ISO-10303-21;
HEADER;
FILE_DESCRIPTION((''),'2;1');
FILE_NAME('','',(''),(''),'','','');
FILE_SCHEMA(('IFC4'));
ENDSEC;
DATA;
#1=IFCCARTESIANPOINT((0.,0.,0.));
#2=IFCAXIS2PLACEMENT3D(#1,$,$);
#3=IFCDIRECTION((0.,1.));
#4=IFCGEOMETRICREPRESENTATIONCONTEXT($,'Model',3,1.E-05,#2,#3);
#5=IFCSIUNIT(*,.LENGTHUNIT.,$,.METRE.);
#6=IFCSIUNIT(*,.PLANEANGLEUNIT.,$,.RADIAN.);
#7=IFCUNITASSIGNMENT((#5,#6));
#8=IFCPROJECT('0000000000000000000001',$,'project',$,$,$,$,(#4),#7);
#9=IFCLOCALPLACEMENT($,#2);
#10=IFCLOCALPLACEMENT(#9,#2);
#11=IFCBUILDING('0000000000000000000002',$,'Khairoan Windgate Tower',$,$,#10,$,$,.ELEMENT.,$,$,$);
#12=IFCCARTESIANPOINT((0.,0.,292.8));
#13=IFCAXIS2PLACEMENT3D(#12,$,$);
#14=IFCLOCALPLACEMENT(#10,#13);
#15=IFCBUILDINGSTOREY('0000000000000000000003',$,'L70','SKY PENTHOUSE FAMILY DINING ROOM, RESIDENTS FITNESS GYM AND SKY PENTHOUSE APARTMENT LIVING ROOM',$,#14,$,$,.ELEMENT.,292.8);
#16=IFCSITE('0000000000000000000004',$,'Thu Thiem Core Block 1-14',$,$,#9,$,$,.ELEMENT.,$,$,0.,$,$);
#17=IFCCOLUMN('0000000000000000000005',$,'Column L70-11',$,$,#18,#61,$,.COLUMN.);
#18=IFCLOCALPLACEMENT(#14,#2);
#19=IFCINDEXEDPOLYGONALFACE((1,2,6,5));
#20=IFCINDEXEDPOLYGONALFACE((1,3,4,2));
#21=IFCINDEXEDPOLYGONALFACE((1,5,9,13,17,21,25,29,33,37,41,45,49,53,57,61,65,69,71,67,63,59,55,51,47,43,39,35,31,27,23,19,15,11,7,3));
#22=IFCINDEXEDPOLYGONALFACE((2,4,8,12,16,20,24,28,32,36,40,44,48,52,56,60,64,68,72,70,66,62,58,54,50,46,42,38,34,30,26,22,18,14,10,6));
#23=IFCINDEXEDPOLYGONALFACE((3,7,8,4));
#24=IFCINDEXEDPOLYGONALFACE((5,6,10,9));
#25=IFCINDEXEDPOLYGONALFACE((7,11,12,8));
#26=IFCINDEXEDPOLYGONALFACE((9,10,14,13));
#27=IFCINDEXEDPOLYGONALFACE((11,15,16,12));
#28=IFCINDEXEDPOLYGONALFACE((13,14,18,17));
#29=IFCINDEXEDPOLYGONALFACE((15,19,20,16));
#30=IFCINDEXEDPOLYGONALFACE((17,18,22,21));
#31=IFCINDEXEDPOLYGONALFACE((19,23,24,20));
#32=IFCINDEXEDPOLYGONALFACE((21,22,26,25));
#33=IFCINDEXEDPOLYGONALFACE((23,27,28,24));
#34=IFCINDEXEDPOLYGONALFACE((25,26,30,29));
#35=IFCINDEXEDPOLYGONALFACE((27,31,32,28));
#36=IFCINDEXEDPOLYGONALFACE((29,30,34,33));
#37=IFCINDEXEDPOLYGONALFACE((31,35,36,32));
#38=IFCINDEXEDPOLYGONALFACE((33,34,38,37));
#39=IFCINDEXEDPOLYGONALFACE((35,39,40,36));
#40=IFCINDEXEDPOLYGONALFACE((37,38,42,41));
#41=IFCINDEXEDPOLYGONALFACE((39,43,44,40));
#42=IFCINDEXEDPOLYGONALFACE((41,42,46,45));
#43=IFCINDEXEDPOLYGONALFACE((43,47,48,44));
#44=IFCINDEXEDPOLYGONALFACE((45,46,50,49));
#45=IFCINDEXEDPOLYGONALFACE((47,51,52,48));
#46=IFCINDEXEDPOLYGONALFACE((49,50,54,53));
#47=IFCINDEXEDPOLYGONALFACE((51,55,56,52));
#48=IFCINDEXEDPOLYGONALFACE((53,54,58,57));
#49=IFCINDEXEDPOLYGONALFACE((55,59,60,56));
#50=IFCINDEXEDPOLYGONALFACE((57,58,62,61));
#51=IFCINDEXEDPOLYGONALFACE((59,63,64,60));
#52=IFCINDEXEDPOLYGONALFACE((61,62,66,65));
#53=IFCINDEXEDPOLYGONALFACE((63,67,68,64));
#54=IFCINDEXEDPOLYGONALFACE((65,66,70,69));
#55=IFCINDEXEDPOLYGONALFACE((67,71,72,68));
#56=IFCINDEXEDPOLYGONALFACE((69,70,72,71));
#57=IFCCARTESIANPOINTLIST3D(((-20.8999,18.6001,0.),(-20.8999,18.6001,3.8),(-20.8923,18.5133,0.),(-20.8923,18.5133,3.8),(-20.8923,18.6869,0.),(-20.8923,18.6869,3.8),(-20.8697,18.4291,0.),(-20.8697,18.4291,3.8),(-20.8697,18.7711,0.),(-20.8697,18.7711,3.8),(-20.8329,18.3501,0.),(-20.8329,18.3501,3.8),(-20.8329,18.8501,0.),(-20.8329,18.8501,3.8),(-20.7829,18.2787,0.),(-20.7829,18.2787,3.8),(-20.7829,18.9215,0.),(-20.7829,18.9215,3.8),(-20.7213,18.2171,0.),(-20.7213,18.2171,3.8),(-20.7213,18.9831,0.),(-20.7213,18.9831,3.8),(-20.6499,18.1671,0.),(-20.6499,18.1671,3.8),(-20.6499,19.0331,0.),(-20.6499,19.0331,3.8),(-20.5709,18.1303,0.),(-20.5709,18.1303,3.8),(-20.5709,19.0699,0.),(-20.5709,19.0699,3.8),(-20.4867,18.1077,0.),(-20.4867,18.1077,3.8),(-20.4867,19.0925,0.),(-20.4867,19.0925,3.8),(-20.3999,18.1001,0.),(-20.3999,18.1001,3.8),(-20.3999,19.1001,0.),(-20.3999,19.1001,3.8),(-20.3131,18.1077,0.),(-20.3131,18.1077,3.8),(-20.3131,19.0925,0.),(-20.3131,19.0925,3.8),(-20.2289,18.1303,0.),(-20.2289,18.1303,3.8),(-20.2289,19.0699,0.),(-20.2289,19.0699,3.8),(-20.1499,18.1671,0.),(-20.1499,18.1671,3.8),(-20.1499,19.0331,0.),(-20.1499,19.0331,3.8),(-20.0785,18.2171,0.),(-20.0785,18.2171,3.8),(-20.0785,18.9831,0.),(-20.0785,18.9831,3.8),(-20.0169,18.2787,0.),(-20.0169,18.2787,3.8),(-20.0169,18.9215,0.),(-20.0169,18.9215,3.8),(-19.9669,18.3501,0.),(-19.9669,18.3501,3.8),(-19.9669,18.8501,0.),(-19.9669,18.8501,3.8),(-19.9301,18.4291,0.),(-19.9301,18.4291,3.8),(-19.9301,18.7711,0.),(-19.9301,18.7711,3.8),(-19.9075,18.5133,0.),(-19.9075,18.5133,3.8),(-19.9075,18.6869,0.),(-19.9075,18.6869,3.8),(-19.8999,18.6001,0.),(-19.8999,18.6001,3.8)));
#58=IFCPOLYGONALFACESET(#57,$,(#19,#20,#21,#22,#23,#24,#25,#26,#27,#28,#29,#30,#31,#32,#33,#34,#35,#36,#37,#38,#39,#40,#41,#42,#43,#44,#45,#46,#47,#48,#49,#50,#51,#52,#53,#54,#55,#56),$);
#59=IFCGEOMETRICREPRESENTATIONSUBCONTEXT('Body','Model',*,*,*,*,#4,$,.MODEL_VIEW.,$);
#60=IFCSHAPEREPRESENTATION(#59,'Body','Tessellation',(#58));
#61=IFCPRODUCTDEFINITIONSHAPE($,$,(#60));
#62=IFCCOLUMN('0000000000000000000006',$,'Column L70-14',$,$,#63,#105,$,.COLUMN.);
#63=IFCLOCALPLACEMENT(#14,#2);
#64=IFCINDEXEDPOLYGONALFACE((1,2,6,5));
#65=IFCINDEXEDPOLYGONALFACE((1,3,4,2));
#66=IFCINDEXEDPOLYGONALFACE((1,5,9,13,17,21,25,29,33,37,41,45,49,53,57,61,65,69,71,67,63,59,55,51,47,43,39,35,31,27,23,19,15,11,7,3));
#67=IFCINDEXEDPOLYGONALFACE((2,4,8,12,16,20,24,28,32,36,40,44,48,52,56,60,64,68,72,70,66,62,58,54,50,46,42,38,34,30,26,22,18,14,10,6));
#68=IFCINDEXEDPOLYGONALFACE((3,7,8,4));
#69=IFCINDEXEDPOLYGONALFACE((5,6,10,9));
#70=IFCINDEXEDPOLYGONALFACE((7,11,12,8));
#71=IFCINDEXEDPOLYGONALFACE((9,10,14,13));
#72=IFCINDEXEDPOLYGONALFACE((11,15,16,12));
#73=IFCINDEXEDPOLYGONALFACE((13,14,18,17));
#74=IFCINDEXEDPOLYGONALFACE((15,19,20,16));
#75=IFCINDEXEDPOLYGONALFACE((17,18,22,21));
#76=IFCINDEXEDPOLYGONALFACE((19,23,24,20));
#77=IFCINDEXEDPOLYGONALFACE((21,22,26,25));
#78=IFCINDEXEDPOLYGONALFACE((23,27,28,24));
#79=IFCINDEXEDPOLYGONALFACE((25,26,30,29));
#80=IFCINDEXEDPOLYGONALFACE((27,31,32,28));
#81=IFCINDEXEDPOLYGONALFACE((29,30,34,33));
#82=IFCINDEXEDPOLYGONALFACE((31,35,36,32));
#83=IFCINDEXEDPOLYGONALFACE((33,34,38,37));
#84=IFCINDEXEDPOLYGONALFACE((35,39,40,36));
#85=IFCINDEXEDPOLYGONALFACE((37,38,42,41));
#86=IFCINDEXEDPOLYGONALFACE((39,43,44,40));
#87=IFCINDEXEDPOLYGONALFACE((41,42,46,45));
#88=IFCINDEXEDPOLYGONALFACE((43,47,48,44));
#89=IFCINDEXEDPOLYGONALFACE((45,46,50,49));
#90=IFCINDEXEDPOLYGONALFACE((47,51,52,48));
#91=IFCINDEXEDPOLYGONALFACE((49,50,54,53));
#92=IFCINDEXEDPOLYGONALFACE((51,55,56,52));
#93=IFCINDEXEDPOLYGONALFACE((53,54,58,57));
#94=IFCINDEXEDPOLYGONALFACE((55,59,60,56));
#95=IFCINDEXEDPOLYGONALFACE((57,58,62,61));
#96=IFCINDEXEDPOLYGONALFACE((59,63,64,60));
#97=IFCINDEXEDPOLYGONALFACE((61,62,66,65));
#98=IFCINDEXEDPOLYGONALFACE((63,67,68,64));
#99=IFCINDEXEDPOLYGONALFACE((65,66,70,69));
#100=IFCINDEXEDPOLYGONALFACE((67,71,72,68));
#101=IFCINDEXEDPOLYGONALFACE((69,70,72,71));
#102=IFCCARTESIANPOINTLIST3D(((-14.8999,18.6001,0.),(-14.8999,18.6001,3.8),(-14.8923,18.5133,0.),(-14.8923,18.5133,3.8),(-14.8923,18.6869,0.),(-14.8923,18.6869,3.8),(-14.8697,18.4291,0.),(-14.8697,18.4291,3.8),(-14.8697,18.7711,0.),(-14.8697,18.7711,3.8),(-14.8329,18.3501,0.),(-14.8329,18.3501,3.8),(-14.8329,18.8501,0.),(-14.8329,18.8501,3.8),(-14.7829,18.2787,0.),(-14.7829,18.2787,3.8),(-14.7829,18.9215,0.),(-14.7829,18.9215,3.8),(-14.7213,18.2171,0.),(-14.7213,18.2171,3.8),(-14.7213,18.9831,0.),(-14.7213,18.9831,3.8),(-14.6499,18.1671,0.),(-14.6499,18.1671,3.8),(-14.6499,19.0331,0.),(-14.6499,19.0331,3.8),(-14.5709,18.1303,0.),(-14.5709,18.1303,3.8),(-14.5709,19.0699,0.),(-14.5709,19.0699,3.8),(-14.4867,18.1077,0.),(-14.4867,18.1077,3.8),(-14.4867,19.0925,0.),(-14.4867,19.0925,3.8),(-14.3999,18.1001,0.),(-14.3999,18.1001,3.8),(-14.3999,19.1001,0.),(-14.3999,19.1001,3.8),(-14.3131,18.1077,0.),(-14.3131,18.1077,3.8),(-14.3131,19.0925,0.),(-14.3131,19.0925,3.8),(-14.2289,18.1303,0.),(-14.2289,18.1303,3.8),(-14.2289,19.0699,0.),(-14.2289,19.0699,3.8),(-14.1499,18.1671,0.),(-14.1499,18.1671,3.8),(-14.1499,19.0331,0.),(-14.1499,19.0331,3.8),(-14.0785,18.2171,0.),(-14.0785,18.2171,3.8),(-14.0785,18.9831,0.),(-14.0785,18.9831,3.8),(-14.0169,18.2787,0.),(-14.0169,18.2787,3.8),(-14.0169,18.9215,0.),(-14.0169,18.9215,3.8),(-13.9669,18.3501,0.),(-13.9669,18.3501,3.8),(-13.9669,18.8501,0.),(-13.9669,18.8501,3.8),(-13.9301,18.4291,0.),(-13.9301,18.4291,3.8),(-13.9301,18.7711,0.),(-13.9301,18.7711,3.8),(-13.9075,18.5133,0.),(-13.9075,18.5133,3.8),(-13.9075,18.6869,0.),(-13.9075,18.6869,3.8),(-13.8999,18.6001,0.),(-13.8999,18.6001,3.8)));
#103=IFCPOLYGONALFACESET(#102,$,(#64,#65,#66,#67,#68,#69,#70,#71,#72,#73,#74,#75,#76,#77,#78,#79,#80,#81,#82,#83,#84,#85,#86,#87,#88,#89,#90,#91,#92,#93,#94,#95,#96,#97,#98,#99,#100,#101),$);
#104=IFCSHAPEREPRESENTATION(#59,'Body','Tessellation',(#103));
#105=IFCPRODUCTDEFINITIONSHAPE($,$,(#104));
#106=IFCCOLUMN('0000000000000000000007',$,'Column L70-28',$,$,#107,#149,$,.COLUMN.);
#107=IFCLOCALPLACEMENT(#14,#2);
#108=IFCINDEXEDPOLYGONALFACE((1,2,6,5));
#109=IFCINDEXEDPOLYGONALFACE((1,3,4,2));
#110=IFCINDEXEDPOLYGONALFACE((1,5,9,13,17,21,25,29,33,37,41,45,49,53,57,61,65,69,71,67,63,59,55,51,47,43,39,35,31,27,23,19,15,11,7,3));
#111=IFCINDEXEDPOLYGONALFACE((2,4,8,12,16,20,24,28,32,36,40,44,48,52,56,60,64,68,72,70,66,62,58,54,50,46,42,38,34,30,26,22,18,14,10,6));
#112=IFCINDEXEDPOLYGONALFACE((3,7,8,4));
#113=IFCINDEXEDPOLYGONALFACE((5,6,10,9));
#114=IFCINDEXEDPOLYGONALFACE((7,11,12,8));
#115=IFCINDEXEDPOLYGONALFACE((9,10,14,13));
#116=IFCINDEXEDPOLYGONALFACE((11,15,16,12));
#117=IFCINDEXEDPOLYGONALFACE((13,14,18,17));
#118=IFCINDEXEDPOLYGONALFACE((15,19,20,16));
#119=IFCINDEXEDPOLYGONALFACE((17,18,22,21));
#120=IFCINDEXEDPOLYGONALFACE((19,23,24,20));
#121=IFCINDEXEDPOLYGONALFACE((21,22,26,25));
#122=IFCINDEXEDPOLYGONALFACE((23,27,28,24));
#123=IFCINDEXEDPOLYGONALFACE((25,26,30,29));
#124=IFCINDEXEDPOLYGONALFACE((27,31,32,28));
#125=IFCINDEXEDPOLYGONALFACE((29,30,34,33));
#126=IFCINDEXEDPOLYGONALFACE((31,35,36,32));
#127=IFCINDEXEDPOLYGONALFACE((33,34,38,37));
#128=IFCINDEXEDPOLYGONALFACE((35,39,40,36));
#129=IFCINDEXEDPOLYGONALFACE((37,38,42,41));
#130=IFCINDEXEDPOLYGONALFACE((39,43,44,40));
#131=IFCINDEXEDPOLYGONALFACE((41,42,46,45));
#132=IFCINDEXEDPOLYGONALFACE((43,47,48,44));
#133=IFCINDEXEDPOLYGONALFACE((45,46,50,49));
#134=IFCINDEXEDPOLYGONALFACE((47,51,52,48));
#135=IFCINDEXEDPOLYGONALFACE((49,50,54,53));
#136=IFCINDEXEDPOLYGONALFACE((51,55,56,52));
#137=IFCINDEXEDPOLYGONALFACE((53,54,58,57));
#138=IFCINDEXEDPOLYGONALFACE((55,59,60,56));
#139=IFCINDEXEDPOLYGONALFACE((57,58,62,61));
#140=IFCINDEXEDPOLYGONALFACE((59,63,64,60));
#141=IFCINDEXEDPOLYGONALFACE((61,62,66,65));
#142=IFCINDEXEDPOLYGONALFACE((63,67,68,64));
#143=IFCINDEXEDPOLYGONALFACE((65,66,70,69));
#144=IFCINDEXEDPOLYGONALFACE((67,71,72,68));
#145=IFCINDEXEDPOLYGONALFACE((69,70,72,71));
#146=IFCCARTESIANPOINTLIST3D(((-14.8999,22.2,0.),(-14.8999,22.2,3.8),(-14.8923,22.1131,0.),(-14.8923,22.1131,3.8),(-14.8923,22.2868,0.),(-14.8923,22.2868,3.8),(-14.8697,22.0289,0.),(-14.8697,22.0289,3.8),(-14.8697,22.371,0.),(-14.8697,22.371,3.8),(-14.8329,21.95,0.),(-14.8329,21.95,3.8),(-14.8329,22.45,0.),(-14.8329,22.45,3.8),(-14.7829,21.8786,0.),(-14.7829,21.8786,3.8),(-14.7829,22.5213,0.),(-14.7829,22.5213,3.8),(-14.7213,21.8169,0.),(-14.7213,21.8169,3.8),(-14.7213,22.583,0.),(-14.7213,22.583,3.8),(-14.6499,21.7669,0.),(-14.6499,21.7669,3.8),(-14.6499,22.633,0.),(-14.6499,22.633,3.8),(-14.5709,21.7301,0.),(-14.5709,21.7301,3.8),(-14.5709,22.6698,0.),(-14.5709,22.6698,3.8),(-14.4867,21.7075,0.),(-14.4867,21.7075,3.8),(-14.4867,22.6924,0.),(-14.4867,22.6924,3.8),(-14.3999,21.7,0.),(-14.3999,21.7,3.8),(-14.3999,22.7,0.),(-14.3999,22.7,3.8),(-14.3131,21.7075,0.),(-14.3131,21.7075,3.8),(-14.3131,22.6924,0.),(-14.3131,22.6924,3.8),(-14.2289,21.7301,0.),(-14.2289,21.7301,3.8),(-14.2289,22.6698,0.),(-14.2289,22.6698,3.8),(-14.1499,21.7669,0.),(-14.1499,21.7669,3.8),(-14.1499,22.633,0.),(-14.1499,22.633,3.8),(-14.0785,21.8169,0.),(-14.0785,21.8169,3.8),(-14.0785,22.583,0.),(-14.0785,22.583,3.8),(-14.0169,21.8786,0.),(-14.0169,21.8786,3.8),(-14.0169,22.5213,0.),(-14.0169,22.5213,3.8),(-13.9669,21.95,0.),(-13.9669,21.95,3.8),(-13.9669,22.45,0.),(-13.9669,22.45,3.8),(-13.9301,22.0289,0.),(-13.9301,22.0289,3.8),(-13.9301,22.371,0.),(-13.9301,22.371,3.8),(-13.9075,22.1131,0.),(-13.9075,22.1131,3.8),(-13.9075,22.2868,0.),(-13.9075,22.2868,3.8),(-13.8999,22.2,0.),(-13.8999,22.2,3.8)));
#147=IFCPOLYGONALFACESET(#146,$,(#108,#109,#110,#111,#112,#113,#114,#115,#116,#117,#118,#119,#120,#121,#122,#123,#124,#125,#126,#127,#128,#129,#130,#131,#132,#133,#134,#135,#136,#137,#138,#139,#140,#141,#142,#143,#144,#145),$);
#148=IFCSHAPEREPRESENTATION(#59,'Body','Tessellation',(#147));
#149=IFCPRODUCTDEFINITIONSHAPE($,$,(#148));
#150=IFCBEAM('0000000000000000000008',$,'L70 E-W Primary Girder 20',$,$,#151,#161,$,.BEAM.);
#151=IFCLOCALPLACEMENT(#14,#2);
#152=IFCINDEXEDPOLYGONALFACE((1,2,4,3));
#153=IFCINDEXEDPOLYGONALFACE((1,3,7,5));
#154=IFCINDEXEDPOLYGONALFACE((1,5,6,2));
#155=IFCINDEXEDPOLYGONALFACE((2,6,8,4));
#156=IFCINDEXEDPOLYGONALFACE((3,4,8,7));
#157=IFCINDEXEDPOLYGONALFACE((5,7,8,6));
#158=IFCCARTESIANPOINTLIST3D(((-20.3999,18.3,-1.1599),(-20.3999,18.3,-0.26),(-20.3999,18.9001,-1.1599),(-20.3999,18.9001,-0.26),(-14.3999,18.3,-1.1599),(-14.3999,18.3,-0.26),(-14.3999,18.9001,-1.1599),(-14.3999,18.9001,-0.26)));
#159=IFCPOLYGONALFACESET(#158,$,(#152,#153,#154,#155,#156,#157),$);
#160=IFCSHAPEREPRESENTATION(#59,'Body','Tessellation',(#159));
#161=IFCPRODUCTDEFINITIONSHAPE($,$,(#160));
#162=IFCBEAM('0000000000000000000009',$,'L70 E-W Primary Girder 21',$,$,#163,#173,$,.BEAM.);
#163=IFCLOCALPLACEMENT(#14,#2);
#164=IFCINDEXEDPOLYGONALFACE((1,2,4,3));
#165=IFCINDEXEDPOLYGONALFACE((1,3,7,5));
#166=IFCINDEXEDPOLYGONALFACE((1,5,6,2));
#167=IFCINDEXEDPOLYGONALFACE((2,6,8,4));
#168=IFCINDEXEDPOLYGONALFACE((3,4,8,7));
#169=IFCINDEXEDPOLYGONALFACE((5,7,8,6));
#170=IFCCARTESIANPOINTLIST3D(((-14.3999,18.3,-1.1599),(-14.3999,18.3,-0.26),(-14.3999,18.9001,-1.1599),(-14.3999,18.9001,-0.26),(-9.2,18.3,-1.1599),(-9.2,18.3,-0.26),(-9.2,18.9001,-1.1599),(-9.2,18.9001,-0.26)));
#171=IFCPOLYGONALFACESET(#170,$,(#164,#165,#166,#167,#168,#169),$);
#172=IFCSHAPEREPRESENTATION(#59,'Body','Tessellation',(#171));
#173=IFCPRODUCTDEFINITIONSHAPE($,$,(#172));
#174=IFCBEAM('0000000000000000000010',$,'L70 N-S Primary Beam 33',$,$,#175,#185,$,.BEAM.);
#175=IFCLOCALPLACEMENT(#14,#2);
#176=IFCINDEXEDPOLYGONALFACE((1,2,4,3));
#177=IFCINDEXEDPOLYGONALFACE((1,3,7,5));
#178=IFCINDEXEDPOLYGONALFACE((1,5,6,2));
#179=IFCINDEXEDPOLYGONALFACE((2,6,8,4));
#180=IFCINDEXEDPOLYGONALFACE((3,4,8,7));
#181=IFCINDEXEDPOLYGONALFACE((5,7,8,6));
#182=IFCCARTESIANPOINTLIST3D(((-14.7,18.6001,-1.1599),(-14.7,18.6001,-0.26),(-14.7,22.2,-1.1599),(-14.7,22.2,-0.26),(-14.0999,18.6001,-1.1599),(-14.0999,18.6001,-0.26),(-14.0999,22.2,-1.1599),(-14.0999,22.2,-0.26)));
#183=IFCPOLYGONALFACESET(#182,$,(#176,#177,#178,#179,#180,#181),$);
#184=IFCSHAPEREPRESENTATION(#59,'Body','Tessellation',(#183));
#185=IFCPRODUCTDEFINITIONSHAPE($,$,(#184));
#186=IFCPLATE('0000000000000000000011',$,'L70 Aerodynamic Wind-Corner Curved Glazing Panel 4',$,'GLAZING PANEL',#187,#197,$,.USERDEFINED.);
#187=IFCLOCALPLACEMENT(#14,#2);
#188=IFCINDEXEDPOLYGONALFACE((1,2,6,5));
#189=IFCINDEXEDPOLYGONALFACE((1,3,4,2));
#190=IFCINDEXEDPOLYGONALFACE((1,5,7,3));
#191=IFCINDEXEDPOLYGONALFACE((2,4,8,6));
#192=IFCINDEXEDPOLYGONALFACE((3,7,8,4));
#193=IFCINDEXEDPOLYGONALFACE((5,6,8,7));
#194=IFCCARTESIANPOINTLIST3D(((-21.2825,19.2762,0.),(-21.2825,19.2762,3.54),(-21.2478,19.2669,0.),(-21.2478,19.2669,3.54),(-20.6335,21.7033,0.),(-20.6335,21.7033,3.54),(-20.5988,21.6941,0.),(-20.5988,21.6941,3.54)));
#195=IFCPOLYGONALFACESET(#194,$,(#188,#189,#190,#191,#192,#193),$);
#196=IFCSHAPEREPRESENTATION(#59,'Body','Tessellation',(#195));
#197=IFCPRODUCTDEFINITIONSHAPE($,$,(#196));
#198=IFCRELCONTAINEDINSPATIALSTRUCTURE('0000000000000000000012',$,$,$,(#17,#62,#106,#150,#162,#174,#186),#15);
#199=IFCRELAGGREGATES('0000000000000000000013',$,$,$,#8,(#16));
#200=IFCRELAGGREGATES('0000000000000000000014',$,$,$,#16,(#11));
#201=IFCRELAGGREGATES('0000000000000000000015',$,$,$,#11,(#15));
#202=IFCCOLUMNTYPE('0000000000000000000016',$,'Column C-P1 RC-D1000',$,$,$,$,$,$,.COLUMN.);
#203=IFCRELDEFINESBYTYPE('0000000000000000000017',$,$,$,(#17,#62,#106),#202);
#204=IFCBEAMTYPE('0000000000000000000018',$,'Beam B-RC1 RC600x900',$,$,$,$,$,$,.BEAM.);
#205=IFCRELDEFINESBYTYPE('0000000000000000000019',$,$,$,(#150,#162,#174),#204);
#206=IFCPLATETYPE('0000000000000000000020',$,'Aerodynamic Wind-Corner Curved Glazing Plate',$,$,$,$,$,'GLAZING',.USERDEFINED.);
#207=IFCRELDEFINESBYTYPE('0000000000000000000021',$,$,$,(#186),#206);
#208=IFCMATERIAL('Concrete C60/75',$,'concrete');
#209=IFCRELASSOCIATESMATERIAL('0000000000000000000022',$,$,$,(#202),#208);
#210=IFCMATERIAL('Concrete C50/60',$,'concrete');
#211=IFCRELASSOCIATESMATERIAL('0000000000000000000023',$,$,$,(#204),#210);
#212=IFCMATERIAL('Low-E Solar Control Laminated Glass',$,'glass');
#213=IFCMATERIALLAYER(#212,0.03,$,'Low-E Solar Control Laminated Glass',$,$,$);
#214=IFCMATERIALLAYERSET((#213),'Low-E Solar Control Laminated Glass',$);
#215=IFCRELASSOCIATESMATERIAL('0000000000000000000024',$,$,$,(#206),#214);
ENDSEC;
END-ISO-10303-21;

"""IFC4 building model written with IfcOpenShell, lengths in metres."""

from ifc_helpers import new_model, si_unit, direction, frame, origin, origin_2d, place, context, subcontext, project, spatial, rectangle, circle, extrude, material, layer, layer_set, material_profile, profile_set, type_object, element, save


model = new_model("IFC4")

# Units and contexts
model_context = context("Model", 3, precision=1e-05, world=origin(), true_north=direction((0.0, 1.0)))
body_context = subcontext(model_context, "Body", "Model", "MODEL_VIEW")
ifc_project = project(units=[si_unit("LENGTHUNIT", "METRE"), si_unit("PLANEANGLEUNIT", "RADIAN")], contexts=[model_context])

# Site, building, storey
site_placement = place(None, origin())
site = spatial("IfcSite", under=ifc_project, at=site_placement, Name="Thu Thiem Core Block 1-14", CompositionType="ELEMENT", RefElevation=0.0)
building_placement = place(site_placement, origin())
building = spatial("IfcBuilding", under=site, at=building_placement, Name="Khairoan Windgate Tower", CompositionType="ELEMENT")
storey_placement = place(building_placement, frame((0.0, 0.0, 292.8)))
storey = spatial("IfcBuildingStorey", under=building, at=storey_placement, Name="L70", Description="SKY PENTHOUSE FAMILY DINING ROOM, RESIDENTS FITNESS GYM AND SKY PENTHOUSE APARTMENT LIVING ROOM", CompositionType="ELEMENT", Elevation=292.8)

# Columns
ifc_material_1 = material(Name="Concrete C60/75", Category="concrete")
ifc_material_profile_1 = material_profile(ifc_material_1, circle(Radius=0.5, at=origin_2d()))
ifc_profile_set_1 = profile_set([ifc_material_profile_1], Name="Concrete C60/75")
column_type = type_object("IfcColumnType", Name="Column C-P1 RC-D1000", PredefinedType="COLUMN", material=ifc_profile_set_1)
for number, where, z_axis, x_axis, name in (
    (1, (-20.3999, 18.6001, 0.0), (0.0, 0.0, 1.0), (1.0, 0.0, 0.0), "Column L70-11"),
    (2, (-14.3999, 18.6001, 0.0), (0.0, 0.0, 1.0), (1.0, 0.0, 0.0), "Column L70-14"),
    (3, (-14.3999, 22.2, 0.0), (0.0, 0.0, 1.0), (1.0, 0.0, 0.0), "Column L70-28"),
):
    element("IfcColumn", number, at=place(storey_placement, frame(where, z_axis=z_axis, x_axis=x_axis)), inside=storey, type_object=column_type, Name=name, PredefinedType="COLUMN", context=body_context, shape_type="SweptSolid", body=[
        extrude(circle(Radius=0.5, at=origin_2d()), origin(), (0.0, 0.0, 1.0), 3.8),
    ])

# Beams
ifc_material_2 = material(Name="Concrete C50/60", Category="concrete")
ifc_material_profile_2 = material_profile(ifc_material_2, rectangle(XDim=0.6001, YDim=0.8999, at=origin_2d()))
ifc_profile_set_2 = profile_set([ifc_material_profile_2], Name="Concrete C50/60")
beam_type = type_object("IfcBeamType", Name="Beam B-RC1 RC600x900", PredefinedType="BEAM", material=ifc_profile_set_2)
beam_1_placement = place(storey_placement, frame((-20.3999, 18.6001, -0.71), z_axis=(1.0, 0.0, 0.0), x_axis=(0.0, 1.0, 0.0)))
element("IfcBeam", 4, at=beam_1_placement, inside=storey, type_object=beam_type, Name="L70 E-W Primary Girder 20", PredefinedType="BEAM", context=body_context, shape_type="SweptSolid", body=[
    extrude(rectangle(XDim=0.6001, YDim=0.8999, at=origin_2d()), origin(), (0.0, 0.0, 1.0), 6.0),
])
beam_2_placement = place(storey_placement, frame((-14.3999, 18.6001, -0.71), z_axis=(1.0, 0.0, 0.0), x_axis=(0.0, 1.0, 0.0)))
element("IfcBeam", 5, at=beam_2_placement, inside=storey, type_object=beam_type, Name="L70 E-W Primary Girder 21", PredefinedType="BEAM", context=body_context, shape_type="SweptSolid", body=[
    extrude(rectangle(XDim=0.6001, YDim=0.8999, at=origin_2d()), origin(), (0.0, 0.0, 1.0), 5.2),
])
beam_3_placement = place(storey_placement, frame((-14.3999, 18.6001, -0.71), z_axis=(0.0, 1.0, 0.0), x_axis=(-1.0, 0.0, 0.0)))
element("IfcBeam", 6, at=beam_3_placement, inside=storey, type_object=beam_type, Name="L70 N-S Primary Beam 33", PredefinedType="BEAM", context=body_context, shape_type="SweptSolid", body=[
    extrude(rectangle(XDim=0.6001, YDim=0.8999, at=origin_2d()), origin(), (0.0, 0.0, 1.0), 3.5999),
])

# Plate
ifc_material_3 = material(Name="Low-E Solar Control Laminated Glass", Category="glass")
ifc_layer_1 = layer(ifc_material_3, 0.03, Name="Low-E Solar Control Laminated Glass")
ifc_layer_set_1 = layer_set([ifc_layer_1], Name="Low-E Solar Control Laminated Glass")
plate_type_1 = type_object("IfcPlateType", Name="Aerodynamic Wind-Corner Curved Glazing Plate", ElementType="GLAZING", PredefinedType="USERDEFINED", material=ifc_layer_set_1)
plate_1_placement = place(storey_placement, frame((-20.9407, 20.4851, 0.0), z_axis=(0.0, 0.0, 1.0), x_axis=(0.258313, 0.966061, 0.0)))
element("IfcPlate", 7, at=plate_1_placement, inside=storey, type_object=plate_type_1, Name="L70 Aerodynamic Wind-Corner Curved Glazing Panel 4", ObjectType="GLAZING PANEL", PredefinedType="USERDEFINED", context=body_context, shape_type="SweptSolid", body=[
    extrude(rectangle(XDim=2.5125, YDim=0.0359, at=origin_2d()), origin(), (0.0, 0.0, 1.0), 3.54),
])

save(model, "model.ifc")
